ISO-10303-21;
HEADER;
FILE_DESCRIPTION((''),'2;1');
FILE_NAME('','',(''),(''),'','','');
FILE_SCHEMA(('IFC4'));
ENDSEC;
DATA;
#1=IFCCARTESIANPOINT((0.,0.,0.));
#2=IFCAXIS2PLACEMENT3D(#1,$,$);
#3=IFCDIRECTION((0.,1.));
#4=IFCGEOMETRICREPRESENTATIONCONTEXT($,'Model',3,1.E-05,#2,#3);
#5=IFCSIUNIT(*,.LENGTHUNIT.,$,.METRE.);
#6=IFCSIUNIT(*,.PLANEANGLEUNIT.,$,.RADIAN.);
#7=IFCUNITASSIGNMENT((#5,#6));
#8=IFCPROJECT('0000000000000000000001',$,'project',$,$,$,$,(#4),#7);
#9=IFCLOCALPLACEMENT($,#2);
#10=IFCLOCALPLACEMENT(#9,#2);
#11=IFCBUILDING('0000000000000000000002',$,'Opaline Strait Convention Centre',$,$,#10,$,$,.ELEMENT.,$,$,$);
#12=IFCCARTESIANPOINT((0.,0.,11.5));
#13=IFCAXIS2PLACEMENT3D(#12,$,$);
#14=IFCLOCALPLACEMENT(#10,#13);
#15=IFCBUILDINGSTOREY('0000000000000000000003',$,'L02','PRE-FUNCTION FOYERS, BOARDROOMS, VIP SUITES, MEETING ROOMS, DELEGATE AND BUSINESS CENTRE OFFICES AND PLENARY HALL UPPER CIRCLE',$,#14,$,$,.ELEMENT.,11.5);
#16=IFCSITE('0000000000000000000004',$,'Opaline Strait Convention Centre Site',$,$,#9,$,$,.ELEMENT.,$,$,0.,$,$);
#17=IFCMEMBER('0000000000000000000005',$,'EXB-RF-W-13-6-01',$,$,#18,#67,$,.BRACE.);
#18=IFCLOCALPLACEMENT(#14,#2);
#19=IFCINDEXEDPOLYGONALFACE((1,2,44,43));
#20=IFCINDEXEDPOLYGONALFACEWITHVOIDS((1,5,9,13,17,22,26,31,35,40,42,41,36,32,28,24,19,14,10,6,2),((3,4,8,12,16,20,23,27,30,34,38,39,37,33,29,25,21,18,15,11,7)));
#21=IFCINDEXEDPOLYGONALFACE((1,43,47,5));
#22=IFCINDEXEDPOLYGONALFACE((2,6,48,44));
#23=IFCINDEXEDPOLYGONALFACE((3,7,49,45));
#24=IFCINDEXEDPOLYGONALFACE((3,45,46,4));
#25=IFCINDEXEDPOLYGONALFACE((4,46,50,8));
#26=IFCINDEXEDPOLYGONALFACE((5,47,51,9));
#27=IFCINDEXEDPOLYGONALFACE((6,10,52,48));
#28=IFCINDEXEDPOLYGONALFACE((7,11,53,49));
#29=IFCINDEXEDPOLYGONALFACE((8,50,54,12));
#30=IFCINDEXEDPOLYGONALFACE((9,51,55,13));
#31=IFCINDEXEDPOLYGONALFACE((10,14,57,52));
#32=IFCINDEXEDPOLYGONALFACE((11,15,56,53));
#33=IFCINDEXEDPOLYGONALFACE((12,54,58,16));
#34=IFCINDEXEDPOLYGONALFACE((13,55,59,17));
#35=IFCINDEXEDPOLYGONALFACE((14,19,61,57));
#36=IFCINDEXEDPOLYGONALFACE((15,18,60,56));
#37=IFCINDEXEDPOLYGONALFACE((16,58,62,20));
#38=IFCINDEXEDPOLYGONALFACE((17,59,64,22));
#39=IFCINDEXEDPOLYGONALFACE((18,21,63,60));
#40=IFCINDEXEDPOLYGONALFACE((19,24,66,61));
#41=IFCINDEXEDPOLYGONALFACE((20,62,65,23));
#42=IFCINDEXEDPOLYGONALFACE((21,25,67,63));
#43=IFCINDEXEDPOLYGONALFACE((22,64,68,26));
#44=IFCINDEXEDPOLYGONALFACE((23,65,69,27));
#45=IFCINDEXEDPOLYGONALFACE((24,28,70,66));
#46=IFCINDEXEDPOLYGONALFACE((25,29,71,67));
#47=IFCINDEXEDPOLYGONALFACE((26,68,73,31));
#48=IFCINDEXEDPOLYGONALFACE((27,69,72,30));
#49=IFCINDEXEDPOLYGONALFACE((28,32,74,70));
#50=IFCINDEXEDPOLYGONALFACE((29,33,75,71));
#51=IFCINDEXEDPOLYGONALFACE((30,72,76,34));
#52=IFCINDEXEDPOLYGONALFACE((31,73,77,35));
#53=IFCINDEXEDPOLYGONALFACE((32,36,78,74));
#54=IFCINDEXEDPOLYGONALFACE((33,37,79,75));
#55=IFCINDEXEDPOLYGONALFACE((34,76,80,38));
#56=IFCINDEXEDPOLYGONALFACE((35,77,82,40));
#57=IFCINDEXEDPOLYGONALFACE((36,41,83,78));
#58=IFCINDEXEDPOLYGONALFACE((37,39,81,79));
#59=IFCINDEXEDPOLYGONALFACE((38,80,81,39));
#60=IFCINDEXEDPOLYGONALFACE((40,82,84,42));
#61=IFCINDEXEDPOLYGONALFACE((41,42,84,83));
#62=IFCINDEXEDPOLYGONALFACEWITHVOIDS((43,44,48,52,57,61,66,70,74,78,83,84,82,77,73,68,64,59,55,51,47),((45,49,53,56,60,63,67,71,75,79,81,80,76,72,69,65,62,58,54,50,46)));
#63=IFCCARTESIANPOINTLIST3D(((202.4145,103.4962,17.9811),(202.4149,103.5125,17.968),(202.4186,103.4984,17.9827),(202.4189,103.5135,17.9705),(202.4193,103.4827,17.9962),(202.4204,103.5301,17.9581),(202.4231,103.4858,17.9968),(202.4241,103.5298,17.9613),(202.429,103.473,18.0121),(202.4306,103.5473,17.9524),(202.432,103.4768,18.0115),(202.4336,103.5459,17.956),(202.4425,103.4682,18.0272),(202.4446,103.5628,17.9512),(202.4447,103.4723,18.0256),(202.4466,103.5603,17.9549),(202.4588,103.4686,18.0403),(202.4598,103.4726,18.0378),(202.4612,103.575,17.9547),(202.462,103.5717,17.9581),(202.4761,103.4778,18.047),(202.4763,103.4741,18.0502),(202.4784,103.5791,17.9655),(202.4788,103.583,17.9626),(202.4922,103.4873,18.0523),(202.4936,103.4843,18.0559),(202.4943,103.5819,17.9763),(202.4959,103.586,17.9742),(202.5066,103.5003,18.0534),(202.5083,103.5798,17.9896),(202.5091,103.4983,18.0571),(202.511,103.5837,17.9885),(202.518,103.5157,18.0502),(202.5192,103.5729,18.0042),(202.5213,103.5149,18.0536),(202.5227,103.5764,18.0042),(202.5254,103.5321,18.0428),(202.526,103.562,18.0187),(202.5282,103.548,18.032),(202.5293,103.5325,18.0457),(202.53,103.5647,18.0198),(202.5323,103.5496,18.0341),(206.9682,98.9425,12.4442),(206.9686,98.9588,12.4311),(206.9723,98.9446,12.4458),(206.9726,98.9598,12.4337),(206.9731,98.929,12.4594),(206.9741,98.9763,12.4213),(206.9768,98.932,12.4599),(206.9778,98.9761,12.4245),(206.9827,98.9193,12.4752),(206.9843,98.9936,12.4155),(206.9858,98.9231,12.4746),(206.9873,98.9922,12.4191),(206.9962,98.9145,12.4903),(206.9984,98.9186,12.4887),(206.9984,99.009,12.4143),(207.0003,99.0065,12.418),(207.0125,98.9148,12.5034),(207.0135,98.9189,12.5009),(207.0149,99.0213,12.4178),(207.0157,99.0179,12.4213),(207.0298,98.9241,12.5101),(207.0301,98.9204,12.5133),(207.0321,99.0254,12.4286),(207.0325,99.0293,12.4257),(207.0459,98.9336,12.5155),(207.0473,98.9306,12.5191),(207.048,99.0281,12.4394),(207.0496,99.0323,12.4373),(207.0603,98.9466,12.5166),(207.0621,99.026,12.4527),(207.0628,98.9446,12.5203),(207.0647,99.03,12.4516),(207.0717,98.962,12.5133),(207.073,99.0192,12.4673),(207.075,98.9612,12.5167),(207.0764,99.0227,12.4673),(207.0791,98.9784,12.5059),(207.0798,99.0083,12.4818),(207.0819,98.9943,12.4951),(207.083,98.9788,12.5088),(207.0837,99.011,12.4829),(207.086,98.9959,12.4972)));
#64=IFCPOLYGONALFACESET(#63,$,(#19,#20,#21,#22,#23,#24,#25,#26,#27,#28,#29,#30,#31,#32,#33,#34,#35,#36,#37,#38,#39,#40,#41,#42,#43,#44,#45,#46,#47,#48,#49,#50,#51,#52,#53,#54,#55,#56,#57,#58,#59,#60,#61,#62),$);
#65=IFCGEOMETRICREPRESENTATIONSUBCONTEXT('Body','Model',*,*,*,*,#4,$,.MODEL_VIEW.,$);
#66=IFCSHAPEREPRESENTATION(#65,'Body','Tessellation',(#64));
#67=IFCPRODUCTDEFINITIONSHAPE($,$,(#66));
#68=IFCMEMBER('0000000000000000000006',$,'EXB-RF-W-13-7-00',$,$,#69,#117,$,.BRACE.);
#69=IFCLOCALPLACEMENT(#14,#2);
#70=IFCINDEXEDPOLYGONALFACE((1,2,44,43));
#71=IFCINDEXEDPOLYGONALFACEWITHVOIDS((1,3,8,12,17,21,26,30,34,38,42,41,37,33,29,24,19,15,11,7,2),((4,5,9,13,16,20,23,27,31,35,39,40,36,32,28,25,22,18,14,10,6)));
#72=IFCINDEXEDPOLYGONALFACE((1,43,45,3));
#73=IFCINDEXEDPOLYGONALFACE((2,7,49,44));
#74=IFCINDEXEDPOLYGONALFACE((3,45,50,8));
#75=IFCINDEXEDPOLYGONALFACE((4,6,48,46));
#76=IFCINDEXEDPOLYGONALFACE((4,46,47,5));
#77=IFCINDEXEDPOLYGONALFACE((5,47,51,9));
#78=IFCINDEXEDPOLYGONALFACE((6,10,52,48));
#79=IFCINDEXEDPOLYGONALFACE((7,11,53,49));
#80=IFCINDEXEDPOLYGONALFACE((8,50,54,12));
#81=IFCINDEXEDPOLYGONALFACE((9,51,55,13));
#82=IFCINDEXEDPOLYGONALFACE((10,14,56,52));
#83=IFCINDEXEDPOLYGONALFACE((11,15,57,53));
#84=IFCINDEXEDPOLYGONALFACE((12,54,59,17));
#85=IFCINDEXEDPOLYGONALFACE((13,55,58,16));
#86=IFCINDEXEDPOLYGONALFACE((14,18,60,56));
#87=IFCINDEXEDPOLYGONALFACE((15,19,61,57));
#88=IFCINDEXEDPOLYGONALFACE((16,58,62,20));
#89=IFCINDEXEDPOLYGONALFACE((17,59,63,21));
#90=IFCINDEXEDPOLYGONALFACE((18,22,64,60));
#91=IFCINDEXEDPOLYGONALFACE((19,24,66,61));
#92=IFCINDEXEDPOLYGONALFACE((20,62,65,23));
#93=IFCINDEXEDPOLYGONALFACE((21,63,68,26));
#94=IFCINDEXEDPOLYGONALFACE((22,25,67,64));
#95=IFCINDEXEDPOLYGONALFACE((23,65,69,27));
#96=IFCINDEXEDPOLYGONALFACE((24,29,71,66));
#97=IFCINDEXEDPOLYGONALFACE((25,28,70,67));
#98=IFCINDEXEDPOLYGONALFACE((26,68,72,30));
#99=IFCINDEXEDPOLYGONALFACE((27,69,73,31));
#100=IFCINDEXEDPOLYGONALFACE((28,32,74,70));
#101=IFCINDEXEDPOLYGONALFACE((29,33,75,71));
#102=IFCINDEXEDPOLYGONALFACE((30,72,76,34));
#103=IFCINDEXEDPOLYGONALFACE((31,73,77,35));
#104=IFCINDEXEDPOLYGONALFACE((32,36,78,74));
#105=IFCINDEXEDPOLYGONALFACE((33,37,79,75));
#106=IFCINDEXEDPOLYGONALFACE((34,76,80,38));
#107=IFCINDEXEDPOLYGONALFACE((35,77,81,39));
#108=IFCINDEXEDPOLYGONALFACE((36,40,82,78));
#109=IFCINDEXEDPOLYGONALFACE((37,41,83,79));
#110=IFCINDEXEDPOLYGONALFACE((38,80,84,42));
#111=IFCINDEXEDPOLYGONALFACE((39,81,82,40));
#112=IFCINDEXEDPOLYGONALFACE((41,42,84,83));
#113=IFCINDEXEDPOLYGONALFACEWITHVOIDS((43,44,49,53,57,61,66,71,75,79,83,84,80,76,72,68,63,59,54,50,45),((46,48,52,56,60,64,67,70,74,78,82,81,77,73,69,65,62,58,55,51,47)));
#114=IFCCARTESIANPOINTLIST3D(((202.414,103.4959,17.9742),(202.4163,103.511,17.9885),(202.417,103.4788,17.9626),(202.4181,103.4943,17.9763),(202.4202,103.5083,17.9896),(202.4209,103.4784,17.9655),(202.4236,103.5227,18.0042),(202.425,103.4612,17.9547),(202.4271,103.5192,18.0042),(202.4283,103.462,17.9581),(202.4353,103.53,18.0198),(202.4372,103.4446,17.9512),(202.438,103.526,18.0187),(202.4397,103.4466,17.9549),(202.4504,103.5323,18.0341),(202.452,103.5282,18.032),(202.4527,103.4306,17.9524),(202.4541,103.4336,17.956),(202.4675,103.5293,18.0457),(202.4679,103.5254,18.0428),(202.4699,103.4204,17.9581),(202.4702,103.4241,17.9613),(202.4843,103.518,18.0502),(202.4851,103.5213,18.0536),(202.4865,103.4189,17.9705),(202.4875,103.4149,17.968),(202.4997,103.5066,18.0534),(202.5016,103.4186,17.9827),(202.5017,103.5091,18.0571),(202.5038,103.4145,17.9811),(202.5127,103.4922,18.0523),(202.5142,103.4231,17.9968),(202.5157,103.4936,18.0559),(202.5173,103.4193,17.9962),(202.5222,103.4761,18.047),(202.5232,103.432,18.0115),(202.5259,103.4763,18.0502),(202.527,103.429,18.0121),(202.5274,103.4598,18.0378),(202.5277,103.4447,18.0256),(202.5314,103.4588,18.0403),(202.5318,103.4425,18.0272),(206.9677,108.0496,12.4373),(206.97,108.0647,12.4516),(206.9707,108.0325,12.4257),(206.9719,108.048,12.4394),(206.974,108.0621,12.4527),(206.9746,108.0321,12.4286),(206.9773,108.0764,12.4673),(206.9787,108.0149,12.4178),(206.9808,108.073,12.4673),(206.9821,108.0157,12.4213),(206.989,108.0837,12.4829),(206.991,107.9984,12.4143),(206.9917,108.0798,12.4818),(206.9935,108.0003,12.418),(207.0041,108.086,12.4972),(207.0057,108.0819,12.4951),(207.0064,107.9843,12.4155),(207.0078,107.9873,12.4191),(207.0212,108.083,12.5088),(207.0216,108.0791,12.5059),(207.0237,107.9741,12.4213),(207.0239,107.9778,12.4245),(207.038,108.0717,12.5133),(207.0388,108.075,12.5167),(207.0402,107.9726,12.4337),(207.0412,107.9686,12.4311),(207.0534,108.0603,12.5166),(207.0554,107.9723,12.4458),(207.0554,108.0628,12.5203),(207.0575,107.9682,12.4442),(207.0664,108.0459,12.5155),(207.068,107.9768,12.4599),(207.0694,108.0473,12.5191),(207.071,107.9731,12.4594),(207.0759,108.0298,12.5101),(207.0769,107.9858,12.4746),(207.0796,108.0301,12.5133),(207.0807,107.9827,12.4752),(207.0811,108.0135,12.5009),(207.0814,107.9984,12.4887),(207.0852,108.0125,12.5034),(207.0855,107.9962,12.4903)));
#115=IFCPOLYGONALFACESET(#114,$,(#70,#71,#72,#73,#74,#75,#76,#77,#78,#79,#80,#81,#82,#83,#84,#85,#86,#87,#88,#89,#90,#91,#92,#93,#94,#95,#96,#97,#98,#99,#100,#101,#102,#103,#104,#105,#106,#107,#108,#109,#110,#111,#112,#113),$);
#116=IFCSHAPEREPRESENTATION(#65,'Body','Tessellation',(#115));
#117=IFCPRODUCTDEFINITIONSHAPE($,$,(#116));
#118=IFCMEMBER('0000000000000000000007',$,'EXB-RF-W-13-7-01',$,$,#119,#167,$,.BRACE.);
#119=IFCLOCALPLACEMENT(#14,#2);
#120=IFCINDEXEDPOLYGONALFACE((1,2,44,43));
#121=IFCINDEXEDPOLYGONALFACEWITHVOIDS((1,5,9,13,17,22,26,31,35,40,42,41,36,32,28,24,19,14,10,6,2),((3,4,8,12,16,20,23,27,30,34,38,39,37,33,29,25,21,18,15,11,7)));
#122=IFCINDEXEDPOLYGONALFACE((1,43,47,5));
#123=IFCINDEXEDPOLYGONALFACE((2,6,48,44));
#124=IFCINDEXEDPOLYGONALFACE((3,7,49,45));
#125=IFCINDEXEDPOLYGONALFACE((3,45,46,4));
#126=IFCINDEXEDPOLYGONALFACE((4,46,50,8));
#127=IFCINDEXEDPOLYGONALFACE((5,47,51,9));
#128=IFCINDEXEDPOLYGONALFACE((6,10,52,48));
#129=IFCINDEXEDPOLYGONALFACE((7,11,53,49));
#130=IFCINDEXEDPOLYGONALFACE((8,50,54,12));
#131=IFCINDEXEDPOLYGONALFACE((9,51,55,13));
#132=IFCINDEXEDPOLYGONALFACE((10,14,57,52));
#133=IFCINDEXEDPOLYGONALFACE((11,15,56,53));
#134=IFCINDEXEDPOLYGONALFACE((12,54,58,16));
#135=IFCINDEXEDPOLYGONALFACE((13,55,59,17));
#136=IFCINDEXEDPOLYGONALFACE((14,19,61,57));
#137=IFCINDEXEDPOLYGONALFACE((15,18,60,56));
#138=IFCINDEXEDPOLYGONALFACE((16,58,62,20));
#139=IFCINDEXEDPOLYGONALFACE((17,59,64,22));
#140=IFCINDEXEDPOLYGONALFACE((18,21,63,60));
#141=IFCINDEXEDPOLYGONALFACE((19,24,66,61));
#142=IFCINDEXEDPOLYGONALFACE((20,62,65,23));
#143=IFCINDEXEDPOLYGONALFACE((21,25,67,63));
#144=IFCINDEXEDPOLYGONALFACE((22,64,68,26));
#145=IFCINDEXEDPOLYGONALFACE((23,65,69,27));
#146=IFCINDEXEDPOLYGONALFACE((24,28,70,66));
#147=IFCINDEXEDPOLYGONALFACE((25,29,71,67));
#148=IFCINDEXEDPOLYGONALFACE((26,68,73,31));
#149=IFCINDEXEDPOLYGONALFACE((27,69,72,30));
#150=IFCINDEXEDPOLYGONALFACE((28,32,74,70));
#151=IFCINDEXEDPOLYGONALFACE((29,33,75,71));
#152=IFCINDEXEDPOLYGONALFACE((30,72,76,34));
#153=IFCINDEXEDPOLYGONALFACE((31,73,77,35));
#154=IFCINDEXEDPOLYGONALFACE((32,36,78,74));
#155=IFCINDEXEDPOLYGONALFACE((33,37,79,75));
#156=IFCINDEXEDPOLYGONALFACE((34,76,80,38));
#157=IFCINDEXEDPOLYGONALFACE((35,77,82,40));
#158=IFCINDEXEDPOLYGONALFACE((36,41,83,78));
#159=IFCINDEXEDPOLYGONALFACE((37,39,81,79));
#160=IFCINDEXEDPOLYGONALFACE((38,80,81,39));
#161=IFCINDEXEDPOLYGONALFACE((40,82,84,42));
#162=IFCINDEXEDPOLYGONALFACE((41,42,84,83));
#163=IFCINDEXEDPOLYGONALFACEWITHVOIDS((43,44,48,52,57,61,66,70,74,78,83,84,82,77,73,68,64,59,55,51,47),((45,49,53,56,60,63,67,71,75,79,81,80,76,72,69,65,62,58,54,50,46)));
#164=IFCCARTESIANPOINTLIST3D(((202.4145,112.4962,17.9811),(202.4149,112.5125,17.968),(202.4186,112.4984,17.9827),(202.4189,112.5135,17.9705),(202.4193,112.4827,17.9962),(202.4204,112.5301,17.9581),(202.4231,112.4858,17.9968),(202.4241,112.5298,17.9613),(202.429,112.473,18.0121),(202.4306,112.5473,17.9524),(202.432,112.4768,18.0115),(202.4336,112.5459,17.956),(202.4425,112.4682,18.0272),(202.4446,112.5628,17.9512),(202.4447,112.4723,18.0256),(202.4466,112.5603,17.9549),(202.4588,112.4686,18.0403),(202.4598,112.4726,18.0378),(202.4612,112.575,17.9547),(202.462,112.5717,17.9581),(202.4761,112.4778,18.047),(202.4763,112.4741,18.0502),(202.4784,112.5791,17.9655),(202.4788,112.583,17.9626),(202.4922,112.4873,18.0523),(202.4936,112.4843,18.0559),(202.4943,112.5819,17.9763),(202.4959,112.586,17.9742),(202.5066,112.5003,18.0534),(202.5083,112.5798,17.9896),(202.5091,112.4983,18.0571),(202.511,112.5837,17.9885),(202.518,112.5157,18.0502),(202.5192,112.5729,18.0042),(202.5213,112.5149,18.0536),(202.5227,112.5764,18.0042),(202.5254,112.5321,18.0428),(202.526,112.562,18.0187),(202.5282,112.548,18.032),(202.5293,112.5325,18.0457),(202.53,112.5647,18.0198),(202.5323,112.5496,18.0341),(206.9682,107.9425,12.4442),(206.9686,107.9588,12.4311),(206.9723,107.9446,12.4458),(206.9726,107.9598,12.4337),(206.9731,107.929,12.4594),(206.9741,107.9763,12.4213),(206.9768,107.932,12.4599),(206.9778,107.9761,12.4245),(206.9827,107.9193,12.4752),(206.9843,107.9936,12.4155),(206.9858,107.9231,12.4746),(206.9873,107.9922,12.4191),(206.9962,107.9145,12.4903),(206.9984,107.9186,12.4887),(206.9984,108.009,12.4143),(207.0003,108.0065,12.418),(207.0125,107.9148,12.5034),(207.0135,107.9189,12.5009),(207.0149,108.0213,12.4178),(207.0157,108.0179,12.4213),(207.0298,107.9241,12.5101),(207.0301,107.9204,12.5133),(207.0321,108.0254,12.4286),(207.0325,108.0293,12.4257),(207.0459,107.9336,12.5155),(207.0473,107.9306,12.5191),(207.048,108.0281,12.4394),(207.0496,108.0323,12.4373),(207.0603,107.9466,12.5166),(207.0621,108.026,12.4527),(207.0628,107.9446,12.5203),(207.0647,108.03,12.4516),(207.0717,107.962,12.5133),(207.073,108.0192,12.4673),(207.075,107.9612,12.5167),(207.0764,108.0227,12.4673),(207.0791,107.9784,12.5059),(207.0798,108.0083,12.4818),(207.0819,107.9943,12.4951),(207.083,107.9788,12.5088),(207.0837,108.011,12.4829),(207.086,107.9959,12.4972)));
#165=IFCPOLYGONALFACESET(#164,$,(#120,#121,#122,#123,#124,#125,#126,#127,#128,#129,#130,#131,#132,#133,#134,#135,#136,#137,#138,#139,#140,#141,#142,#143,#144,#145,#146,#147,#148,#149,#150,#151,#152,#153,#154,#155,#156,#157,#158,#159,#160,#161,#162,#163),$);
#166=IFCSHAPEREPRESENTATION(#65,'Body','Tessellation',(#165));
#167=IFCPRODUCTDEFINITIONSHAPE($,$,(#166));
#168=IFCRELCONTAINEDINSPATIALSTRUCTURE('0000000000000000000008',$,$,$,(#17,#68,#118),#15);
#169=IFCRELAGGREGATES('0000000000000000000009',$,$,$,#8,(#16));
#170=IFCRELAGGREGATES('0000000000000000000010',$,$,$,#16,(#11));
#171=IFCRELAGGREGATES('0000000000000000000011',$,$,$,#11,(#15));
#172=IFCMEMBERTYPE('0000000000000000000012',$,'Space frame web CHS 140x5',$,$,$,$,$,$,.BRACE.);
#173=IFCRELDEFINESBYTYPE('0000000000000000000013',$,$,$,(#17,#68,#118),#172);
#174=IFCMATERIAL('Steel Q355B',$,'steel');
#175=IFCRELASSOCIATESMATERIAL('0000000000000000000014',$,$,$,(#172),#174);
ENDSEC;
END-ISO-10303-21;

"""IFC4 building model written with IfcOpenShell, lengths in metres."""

from ifc_helpers import new_model, si_unit, direction, frame, origin, origin_2d, place, context, subcontext, project, spatial, hollow_circle, extrude, material, material_profile, profile_set, type_object, element, save


model = new_model("IFC4")

# Units and contexts
model_context = context("Model", 3, precision=1e-05, world=origin(), true_north=direction((0.0, 1.0)))
body_context = subcontext(model_context, "Body", "Model", "MODEL_VIEW")
ifc_project = project(units=[si_unit("LENGTHUNIT", "METRE"), si_unit("PLANEANGLEUNIT", "RADIAN")], contexts=[model_context])

# Site, building, storey
site_placement = place(None, origin())
site = spatial("IfcSite", under=ifc_project, at=site_placement, Name="Opaline Strait Convention Centre Site", CompositionType="ELEMENT", RefElevation=0.0)
building_placement = place(site_placement, origin())
building = spatial("IfcBuilding", under=site, at=building_placement, Name="Opaline Strait Convention Centre", CompositionType="ELEMENT")
storey_placement = place(building_placement, frame((0.0, 0.0, 11.5)))
storey = spatial("IfcBuildingStorey", under=building, at=storey_placement, Name="L02", Description="PRE-FUNCTION FOYERS, BOARDROOMS, VIP SUITES, MEETING ROOMS, DELEGATE AND BUSINESS CENTRE OFFICES AND PLENARY HALL UPPER CIRCLE", CompositionType="ELEMENT", Elevation=11.5)

# Members
ifc_material = material(Name="Steel Q355B", Category="steel")
ifc_material_profile_1 = material_profile(ifc_material, hollow_circle(Radius=0.0701, WallThickness=0.0049, at=origin_2d()), Name="CHS 140x5")
ifc_profile_set_1 = profile_set([ifc_material_profile_1], Name="Steel Q355B")
member_type_1 = type_object("IfcMemberType", Name="Space frame web CHS 140x5", PredefinedType="BRACE", material=ifc_profile_set_1)
for number, where, z_axis, x_axis, name in (
    (1, (202.4731, 103.5269, 18.0042), (0.536178, -0.536178, -0.65194), (0.707107, 0.707107, 0.0), "EXB-RF-W-13-6-01"),
    (2, (202.4731, 103.4731, 18.0042), (0.536178, 0.536178, -0.65194), (-0.707107, 0.707107, 0.0), "EXB-RF-W-13-7-00"),
    (3, (202.4731, 112.5269, 18.0042), (0.536178, -0.536178, -0.65194), (0.707107, 0.707107, 0.0), "EXB-RF-W-13-7-01"),
):
    element("IfcMember", number, at=place(storey_placement, frame(where, z_axis=z_axis, x_axis=x_axis)), inside=storey, type_object=member_type_1, Name=name, PredefinedType="BRACE", context=body_context, shape_type="SweptSolid", body=[
        extrude(hollow_circle(Radius=0.0701, WallThickness=0.0049, at=origin_2d()), origin(), (0.0, 0.0, 1.0), 8.4929),
    ])

save(model, "model.ifc")
